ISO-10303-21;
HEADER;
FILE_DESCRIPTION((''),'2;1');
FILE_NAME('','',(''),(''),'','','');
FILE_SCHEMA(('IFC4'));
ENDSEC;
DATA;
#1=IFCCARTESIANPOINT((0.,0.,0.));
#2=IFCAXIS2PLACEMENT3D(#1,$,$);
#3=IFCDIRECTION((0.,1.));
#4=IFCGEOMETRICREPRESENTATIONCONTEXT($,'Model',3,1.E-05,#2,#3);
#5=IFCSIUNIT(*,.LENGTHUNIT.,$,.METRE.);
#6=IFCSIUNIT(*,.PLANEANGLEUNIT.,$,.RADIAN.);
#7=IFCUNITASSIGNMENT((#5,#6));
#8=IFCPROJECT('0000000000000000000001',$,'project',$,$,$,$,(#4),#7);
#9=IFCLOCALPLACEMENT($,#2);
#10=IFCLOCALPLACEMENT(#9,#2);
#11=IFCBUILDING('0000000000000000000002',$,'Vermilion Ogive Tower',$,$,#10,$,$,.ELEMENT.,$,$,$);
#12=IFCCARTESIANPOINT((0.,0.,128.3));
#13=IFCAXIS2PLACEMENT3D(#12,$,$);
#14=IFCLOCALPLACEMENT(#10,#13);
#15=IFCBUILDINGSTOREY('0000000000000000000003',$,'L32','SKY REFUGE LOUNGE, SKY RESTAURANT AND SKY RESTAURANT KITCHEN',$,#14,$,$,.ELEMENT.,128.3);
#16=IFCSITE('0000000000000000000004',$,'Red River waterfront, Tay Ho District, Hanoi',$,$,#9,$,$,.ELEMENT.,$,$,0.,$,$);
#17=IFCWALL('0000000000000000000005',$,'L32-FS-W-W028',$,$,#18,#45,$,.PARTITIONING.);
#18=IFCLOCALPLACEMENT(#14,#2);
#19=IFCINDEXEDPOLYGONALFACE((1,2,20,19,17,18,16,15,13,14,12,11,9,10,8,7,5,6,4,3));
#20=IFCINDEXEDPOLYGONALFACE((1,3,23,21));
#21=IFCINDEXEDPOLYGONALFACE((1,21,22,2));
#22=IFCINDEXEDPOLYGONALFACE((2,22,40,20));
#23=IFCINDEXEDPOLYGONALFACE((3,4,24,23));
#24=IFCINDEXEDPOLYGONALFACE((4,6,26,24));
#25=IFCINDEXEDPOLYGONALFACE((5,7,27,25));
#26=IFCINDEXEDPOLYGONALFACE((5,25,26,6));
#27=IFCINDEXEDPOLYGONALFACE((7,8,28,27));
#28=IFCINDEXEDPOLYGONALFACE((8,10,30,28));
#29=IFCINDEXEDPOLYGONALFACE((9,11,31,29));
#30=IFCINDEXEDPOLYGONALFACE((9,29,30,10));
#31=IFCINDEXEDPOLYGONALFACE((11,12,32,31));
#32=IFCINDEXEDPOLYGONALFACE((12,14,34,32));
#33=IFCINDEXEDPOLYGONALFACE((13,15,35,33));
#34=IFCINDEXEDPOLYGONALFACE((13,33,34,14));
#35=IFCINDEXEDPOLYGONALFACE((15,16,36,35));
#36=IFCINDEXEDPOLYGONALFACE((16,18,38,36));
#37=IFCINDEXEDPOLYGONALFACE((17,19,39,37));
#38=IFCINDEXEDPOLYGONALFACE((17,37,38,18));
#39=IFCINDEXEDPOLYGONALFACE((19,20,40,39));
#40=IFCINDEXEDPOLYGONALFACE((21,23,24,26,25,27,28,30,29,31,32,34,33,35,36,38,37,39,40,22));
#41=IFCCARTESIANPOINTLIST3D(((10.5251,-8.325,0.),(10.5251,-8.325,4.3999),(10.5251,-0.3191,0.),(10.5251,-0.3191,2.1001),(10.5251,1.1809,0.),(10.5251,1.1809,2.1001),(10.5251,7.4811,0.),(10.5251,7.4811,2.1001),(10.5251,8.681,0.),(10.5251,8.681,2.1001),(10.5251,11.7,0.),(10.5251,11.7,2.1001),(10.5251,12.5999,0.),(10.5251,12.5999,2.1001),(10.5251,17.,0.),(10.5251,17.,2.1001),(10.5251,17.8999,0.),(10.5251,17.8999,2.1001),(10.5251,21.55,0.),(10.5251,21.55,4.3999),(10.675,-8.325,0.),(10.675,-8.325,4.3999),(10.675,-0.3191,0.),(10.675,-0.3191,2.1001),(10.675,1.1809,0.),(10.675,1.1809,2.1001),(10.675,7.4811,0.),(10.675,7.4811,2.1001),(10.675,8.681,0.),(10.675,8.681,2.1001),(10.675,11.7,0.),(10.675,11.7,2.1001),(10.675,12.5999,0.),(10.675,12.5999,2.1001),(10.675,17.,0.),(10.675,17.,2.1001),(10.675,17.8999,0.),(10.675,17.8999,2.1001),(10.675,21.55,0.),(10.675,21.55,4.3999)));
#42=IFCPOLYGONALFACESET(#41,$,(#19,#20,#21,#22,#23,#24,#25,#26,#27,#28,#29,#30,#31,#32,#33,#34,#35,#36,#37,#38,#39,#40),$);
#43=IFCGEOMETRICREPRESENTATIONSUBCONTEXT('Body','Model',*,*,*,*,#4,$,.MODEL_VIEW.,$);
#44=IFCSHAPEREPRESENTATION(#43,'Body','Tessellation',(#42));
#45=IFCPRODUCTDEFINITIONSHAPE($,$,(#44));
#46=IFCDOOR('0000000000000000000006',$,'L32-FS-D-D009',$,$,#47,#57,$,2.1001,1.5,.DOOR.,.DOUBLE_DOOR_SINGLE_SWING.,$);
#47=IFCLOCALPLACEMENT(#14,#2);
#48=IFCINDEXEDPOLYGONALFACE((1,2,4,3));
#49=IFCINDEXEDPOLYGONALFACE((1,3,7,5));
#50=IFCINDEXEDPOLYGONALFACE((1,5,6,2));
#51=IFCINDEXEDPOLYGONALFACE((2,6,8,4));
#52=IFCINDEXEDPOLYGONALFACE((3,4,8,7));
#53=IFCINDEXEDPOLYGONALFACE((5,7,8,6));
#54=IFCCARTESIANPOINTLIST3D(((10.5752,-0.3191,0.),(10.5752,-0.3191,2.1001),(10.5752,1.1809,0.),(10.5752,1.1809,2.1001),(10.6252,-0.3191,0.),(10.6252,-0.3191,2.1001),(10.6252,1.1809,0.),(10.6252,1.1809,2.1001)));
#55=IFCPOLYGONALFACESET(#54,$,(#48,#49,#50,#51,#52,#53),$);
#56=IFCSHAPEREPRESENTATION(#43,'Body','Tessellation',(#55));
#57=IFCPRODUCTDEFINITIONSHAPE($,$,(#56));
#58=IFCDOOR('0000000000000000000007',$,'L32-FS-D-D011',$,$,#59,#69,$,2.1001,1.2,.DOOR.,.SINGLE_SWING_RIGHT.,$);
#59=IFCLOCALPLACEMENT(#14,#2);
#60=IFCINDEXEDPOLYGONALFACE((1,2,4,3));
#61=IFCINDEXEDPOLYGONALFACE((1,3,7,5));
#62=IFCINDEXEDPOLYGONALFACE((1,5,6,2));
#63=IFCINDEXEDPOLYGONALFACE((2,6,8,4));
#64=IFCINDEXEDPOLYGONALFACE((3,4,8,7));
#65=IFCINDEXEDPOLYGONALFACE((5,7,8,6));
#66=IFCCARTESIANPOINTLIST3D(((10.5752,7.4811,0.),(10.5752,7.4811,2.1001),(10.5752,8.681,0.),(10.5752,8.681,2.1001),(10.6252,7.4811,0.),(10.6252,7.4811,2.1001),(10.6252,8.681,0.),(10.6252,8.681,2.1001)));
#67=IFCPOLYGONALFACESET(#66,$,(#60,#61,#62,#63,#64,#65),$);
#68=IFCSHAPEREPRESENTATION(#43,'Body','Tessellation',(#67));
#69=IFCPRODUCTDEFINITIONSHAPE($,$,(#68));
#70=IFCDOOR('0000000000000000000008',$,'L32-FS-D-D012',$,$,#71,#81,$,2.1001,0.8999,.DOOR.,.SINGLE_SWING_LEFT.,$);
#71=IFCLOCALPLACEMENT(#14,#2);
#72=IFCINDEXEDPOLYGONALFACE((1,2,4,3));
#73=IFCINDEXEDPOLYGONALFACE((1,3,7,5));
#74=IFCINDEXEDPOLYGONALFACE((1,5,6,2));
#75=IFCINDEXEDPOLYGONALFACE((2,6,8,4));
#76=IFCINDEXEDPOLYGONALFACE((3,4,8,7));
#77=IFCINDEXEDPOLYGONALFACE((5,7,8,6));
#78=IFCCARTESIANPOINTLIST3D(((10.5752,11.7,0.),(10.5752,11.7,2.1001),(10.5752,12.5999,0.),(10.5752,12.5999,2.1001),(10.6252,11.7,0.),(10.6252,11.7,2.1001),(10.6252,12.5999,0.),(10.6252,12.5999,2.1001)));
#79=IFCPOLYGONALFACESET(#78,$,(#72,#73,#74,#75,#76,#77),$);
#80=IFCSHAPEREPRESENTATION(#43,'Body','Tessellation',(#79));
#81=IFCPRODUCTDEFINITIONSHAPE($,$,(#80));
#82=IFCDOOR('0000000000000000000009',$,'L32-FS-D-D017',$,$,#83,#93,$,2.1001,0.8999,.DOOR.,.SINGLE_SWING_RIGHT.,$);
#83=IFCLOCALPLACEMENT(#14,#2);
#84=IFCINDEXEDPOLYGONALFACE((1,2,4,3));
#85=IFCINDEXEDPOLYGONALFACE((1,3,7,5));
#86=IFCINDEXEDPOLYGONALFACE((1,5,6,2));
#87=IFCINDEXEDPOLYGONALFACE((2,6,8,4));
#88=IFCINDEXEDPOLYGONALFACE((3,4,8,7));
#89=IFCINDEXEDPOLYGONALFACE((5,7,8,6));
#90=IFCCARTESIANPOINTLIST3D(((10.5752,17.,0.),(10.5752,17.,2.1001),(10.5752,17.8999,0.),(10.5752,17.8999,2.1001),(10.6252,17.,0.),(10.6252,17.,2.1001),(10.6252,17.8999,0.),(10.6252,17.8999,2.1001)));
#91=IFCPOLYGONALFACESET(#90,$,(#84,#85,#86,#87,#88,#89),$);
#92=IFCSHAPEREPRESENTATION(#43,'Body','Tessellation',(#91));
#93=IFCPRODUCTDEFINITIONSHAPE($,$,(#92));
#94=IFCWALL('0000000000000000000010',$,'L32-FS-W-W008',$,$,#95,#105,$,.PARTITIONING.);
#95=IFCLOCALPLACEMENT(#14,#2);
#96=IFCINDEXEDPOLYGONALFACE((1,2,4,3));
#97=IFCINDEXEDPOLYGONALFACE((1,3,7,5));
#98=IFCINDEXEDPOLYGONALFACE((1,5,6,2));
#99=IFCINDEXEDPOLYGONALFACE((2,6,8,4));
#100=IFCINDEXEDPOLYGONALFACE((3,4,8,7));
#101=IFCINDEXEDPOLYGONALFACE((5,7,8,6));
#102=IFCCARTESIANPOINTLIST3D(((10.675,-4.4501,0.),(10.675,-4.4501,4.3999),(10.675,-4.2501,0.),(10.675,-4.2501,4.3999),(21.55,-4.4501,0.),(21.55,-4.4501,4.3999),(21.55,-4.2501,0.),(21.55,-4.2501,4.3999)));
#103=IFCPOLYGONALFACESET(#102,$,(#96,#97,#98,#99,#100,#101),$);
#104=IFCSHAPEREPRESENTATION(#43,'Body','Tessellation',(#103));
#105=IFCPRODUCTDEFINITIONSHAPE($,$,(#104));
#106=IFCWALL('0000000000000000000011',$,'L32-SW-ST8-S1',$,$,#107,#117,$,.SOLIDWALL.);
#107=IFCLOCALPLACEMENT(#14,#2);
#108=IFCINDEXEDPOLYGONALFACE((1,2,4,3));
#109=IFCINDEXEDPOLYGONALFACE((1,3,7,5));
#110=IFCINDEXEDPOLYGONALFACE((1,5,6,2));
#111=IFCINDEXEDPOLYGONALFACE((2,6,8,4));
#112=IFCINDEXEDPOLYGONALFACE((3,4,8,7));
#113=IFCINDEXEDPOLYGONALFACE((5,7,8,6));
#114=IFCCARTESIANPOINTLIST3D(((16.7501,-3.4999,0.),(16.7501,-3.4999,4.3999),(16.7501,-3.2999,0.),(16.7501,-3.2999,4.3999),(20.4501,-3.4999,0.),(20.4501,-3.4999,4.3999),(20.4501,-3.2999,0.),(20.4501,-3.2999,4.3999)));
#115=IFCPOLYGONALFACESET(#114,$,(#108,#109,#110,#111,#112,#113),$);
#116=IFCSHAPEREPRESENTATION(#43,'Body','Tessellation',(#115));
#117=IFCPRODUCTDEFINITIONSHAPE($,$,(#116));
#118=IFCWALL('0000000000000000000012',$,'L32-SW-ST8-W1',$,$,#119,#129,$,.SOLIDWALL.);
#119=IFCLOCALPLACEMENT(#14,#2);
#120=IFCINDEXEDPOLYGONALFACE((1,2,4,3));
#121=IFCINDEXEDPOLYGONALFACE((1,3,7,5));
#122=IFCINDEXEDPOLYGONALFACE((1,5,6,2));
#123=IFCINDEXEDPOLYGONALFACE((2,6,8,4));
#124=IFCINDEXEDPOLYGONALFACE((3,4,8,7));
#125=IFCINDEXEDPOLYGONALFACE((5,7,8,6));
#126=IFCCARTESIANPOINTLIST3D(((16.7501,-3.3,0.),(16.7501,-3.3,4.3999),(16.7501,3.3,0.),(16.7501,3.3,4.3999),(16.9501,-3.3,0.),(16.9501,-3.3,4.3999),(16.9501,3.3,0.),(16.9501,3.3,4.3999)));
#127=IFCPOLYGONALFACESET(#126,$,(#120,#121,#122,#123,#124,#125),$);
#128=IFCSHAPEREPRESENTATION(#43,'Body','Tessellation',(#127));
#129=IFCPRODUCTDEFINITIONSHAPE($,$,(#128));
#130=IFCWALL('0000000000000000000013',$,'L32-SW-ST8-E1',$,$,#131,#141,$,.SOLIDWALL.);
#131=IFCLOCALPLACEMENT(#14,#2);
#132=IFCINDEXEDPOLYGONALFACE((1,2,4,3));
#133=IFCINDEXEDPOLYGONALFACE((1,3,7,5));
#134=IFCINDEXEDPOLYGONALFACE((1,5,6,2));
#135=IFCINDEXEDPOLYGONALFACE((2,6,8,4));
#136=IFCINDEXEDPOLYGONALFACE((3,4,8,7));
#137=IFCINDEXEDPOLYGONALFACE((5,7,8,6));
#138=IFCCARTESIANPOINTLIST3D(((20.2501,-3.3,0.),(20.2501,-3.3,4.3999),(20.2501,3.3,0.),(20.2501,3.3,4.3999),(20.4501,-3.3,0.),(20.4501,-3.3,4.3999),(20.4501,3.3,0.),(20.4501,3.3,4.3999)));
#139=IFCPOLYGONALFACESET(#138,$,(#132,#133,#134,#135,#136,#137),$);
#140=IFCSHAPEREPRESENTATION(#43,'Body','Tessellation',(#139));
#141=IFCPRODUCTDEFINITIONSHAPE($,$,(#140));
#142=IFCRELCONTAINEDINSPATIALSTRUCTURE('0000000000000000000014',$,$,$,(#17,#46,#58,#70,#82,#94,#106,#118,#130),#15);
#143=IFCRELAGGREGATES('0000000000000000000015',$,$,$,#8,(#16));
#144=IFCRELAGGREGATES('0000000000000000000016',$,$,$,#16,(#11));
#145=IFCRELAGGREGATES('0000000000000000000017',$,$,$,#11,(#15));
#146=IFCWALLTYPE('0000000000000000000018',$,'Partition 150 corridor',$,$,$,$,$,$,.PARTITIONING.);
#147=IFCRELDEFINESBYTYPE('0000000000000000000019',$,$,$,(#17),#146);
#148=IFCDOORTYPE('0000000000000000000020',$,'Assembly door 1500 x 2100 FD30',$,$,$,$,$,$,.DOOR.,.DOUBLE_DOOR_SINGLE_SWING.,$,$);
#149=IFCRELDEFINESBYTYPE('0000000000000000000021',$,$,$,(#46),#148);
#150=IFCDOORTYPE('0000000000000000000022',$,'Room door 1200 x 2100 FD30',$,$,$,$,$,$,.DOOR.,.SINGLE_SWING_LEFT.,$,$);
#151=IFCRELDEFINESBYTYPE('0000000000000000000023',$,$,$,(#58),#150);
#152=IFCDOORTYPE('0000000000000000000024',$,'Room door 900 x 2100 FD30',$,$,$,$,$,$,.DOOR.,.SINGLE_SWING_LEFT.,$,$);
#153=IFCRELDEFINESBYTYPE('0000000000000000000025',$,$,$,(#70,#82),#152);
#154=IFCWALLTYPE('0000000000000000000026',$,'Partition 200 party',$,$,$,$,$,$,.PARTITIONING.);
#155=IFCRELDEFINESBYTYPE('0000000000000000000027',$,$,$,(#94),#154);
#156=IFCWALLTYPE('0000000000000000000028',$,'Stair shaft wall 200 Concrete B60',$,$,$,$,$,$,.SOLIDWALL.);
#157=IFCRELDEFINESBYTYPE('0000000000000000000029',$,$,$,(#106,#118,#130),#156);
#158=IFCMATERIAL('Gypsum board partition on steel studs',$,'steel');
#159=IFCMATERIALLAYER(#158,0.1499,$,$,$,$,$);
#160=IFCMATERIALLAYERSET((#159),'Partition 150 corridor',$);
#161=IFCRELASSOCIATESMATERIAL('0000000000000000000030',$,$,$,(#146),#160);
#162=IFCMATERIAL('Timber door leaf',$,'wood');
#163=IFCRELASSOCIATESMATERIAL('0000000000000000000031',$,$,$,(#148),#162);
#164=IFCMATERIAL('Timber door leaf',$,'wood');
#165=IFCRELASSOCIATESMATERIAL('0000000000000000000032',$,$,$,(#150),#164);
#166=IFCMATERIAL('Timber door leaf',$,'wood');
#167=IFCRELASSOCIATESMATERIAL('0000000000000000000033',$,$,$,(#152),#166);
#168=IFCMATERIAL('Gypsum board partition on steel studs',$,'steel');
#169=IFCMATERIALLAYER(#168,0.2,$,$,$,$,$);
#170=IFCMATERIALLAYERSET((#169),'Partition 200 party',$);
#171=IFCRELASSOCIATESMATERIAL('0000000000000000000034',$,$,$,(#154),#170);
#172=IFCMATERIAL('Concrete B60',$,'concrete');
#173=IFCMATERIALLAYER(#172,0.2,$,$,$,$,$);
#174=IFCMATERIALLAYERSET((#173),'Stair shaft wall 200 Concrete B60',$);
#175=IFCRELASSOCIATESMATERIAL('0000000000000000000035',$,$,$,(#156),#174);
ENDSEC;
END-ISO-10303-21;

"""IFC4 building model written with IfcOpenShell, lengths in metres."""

from ifc_helpers import new_model, si_unit, direction, frame, frame_2d, origin, place, context, subcontext, project, spatial, rectangle, extrude, material, layer, layer_set, type_object, element, fill, save


model = new_model("IFC4")

# Units and contexts
model_context = context("Model", 3, precision=1e-05, world=origin(), true_north=direction((0.0, 1.0)))
body_context = subcontext(model_context, "Body", "Model", "MODEL_VIEW")
ifc_project = project(units=[si_unit("LENGTHUNIT", "METRE"), si_unit("PLANEANGLEUNIT", "RADIAN")], contexts=[model_context])

# Site, building, storey
site_placement = place(None, origin())
site = spatial("IfcSite", under=ifc_project, at=site_placement, Name="Red River waterfront, Tay Ho District, Hanoi", CompositionType="ELEMENT", RefElevation=0.0)
building_placement = place(site_placement, origin())
building = spatial("IfcBuilding", under=site, at=building_placement, Name="Vermilion Ogive Tower", CompositionType="ELEMENT")
storey_placement = place(building_placement, frame((0.0, 0.0, 128.3)))
storey = spatial("IfcBuildingStorey", under=building, at=storey_placement, Name="L32", Description="SKY REFUGE LOUNGE, SKY RESTAURANT AND SKY RESTAURANT KITCHEN", CompositionType="ELEMENT", Elevation=128.3)

# Shared definitions
ifc_material_1 = material(Name="Gypsum board partition on steel studs", Category="steel")
ifc_layer_1 = layer(ifc_material_1, 0.1499)
ifc_layer_set_1 = layer_set([ifc_layer_1], Name="Partition 150 corridor")
wall_type_1 = type_object("IfcWallType", Name="Partition 150 corridor", PredefinedType="PARTITIONING", material=ifc_layer_set_1)

# Wall, openings, doors
wall_1_placement = place(storey_placement, frame((10.6001, -8.325, 0.0), z_axis=(0.0, 0.0, 1.0), x_axis=(0.0, 1.0, 0.0)))
wall_1 = element("IfcWall", 1, at=wall_1_placement, inside=storey, type_object=wall_type_1, Name="L32-FS-W-W028", PredefinedType="PARTITIONING", context=body_context, shape_type="SweptSolid", body=[
    extrude(rectangle(XDim=29.875, YDim=0.1499, at=frame_2d((14.9375, 0.0))), origin(), (0.0, 0.0, 1.0), 4.3999),
])
opening_1_placement = place(wall_1_placement, frame((8.0059, 0.0, 0.0)))
opening_1 = element("IfcOpeningElement", 2, at=opening_1_placement, cuts=wall_1, PredefinedType="OPENING", context=body_context, shape_type="SweptSolid", body=[
    extrude(rectangle(XDim=1.5, YDim=2.1001, at=frame_2d((0.75, 1.05))), frame((0.0, 0.085, 0.0), z_axis=(0.0, -1.0, 0.0), x_axis=(1.0, 0.0, 0.0)), (0.0, 0.0, 1.0), 0.1699),
])
opening_2_placement = place(wall_1_placement, frame((15.8059, 0.0, 0.0)))
opening_2 = element("IfcOpeningElement", 3, at=opening_2_placement, cuts=wall_1, PredefinedType="OPENING", context=body_context, shape_type="SweptSolid", body=[
    extrude(rectangle(XDim=1.2, YDim=2.1001, at=frame_2d((0.6001, 1.05))), frame((0.0, 0.085, 0.0), z_axis=(0.0, -1.0, 0.0), x_axis=(1.0, 0.0, 0.0)), (0.0, 0.0, 1.0), 0.1699),
])
opening_3_placement = place(wall_1_placement, frame((20.0249, 0.0, 0.0)))
opening_3 = element("IfcOpeningElement", 4, at=opening_3_placement, cuts=wall_1, PredefinedType="OPENING", context=body_context, shape_type="SweptSolid", body=[
    extrude(rectangle(XDim=0.8999, YDim=2.1001, at=frame_2d((0.45, 1.05))), frame((0.0, 0.085, 0.0), z_axis=(0.0, -1.0, 0.0), x_axis=(1.0, 0.0, 0.0)), (0.0, 0.0, 1.0), 0.1699),
])
opening_4_placement = place(wall_1_placement, frame((25.325, 0.0, 0.0)))
opening_4 = element("IfcOpeningElement", 5, at=opening_4_placement, cuts=wall_1, PredefinedType="OPENING", context=body_context, shape_type="SweptSolid", body=[
    extrude(rectangle(XDim=0.8999, YDim=2.1001, at=frame_2d((0.45, 1.05))), frame((0.0, 0.085, 0.0), z_axis=(0.0, -1.0, 0.0), x_axis=(1.0, 0.0, 0.0)), (0.0, 0.0, 1.0), 0.1699),
])
ifc_material_2 = material(Name="Timber door leaf", Category="wood")
door_type_1 = type_object("IfcDoorType", Name="Assembly door 1500 x 2100 FD30", OperationType="DOUBLE_DOOR_SINGLE_SWING", PredefinedType="DOOR", material=ifc_material_2)
door_1_placement = place(opening_1_placement, origin())
door_1 = element("IfcDoor", 6, at=door_1_placement, inside=storey, type_object=door_type_1, Name="L32-FS-D-D009", OperationType="DOUBLE_DOOR_SINGLE_SWING", OverallHeight=2.1001, OverallWidth=1.5, PredefinedType="DOOR", context=body_context, shape_type="SweptSolid", body=[
    extrude(rectangle(XDim=1.5, YDim=2.1001, at=frame_2d((0.75, 1.05))), frame((0.0, 0.0249, 0.0), z_axis=(0.0, -1.0, 0.0), x_axis=(1.0, 0.0, 0.0)), (0.0, 0.0, 1.0), 0.05),
])
fill(opening_1, door_1)
ifc_material_3 = material(Name="Timber door leaf", Category="wood")
door_type_2 = type_object("IfcDoorType", Name="Room door 1200 x 2100 FD30", OperationType="SINGLE_SWING_LEFT", PredefinedType="DOOR", material=ifc_material_3)
door_2_placement = place(opening_2_placement, origin())
door_2 = element("IfcDoor", 7, at=door_2_placement, inside=storey, type_object=door_type_2, Name="L32-FS-D-D011", OperationType="SINGLE_SWING_RIGHT", OverallHeight=2.1001, OverallWidth=1.2, PredefinedType="DOOR", context=body_context, shape_type="SweptSolid", body=[
    extrude(rectangle(XDim=1.2, YDim=2.1001, at=frame_2d((0.6001, 1.05))), frame((0.0, 0.0249, 0.0), z_axis=(0.0, -1.0, 0.0), x_axis=(1.0, 0.0, 0.0)), (0.0, 0.0, 1.0), 0.05),
])
fill(opening_2, door_2)
ifc_material_4 = material(Name="Timber door leaf", Category="wood")
door_type_3 = type_object("IfcDoorType", Name="Room door 900 x 2100 FD30", OperationType="SINGLE_SWING_LEFT", PredefinedType="DOOR", material=ifc_material_4)
door_3_placement = place(opening_3_placement, origin())
door_3 = element("IfcDoor", 8, at=door_3_placement, inside=storey, type_object=door_type_3, Name="L32-FS-D-D012", OperationType="SINGLE_SWING_LEFT", OverallHeight=2.1001, OverallWidth=0.8999, PredefinedType="DOOR", context=body_context, shape_type="SweptSolid", body=[
    extrude(rectangle(XDim=0.8999, YDim=2.1001, at=frame_2d((0.45, 1.05))), frame((0.0, 0.0249, 0.0), z_axis=(0.0, -1.0, 0.0), x_axis=(1.0, 0.0, 0.0)), (0.0, 0.0, 1.0), 0.05),
])
fill(opening_3, door_3)
door_4_placement = place(opening_4_placement, origin())
door_4 = element("IfcDoor", 9, at=door_4_placement, inside=storey, type_object=door_type_3, Name="L32-FS-D-D017", OperationType="SINGLE_SWING_RIGHT", OverallHeight=2.1001, OverallWidth=0.8999, PredefinedType="DOOR", context=body_context, shape_type="SweptSolid", body=[
    extrude(rectangle(XDim=0.8999, YDim=2.1001, at=frame_2d((0.45, 1.05))), frame((0.0, 0.0249, 0.0), z_axis=(0.0, -1.0, 0.0), x_axis=(1.0, 0.0, 0.0)), (0.0, 0.0, 1.0), 0.05),
])
fill(opening_4, door_4)

# Walls
ifc_material_5 = material(Name="Gypsum board partition on steel studs", Category="steel")
ifc_layer_2 = layer(ifc_material_5, 0.2)
ifc_layer_set_2 = layer_set([ifc_layer_2], Name="Partition 200 party")
wall_type_2 = type_object("IfcWallType", Name="Partition 200 party", PredefinedType="PARTITIONING", material=ifc_layer_set_2)
wall_2_placement = place(storey_placement, frame((10.675, -4.3501, 0.0), z_axis=(0.0, 0.0, 1.0), x_axis=(1.0, 0.0, 0.0)))
element("IfcWall", 10, at=wall_2_placement, inside=storey, type_object=wall_type_2, Name="L32-FS-W-W008", PredefinedType="PARTITIONING", context=body_context, shape_type="SweptSolid", body=[
    extrude(rectangle(XDim=10.875, YDim=0.2, at=frame_2d((5.4375, 0.0))), origin(), (0.0, 0.0, 1.0), 4.3999),
])
ifc_material_6 = material(Name="Concrete B60", Category="concrete")
ifc_layer_3 = layer(ifc_material_6, 0.2)
ifc_layer_set_3 = layer_set([ifc_layer_3], Name="Stair shaft wall 200 Concrete B60")
wall_type_3 = type_object("IfcWallType", Name="Stair shaft wall 200 Concrete B60", PredefinedType="SOLIDWALL", material=ifc_layer_set_3)
wall_3_placement = place(storey_placement, frame((16.75, -3.3999, 0.0), z_axis=(0.0, 0.0, 1.0), x_axis=(1.0, 0.0, 0.0)))
element("IfcWall", 11, at=wall_3_placement, inside=storey, type_object=wall_type_3, Name="L32-SW-ST8-S1", PredefinedType="SOLIDWALL", context=body_context, shape_type="SweptSolid", body=[
    extrude(rectangle(XDim=3.7, YDim=0.2, at=frame_2d((1.8501, 0.0))), origin(), (0.0, 0.0, 1.0), 4.3999),
])
for number, where, z_axis, x_axis, name in (
    (12, (16.8501, -3.3, 0.0), (0.0, 0.0, 1.0), (0.0, 1.0, 0.0), "L32-SW-ST8-W1"),
    (13, (20.3501, -3.3, 0.0), (0.0, 0.0, 1.0), (0.0, 1.0, 0.0), "L32-SW-ST8-E1"),
):
    element("IfcWall", number, at=place(storey_placement, frame(where, z_axis=z_axis, x_axis=x_axis)), inside=storey, type_object=wall_type_3, Name=name, PredefinedType="SOLIDWALL", context=body_context, shape_type="SweptSolid", body=[
        extrude(rectangle(XDim=6.6001, YDim=0.2, at=frame_2d((3.3, 0.0))), origin(), (0.0, 0.0, 1.0), 4.3999),
    ])

save(model, "model.ifc")
